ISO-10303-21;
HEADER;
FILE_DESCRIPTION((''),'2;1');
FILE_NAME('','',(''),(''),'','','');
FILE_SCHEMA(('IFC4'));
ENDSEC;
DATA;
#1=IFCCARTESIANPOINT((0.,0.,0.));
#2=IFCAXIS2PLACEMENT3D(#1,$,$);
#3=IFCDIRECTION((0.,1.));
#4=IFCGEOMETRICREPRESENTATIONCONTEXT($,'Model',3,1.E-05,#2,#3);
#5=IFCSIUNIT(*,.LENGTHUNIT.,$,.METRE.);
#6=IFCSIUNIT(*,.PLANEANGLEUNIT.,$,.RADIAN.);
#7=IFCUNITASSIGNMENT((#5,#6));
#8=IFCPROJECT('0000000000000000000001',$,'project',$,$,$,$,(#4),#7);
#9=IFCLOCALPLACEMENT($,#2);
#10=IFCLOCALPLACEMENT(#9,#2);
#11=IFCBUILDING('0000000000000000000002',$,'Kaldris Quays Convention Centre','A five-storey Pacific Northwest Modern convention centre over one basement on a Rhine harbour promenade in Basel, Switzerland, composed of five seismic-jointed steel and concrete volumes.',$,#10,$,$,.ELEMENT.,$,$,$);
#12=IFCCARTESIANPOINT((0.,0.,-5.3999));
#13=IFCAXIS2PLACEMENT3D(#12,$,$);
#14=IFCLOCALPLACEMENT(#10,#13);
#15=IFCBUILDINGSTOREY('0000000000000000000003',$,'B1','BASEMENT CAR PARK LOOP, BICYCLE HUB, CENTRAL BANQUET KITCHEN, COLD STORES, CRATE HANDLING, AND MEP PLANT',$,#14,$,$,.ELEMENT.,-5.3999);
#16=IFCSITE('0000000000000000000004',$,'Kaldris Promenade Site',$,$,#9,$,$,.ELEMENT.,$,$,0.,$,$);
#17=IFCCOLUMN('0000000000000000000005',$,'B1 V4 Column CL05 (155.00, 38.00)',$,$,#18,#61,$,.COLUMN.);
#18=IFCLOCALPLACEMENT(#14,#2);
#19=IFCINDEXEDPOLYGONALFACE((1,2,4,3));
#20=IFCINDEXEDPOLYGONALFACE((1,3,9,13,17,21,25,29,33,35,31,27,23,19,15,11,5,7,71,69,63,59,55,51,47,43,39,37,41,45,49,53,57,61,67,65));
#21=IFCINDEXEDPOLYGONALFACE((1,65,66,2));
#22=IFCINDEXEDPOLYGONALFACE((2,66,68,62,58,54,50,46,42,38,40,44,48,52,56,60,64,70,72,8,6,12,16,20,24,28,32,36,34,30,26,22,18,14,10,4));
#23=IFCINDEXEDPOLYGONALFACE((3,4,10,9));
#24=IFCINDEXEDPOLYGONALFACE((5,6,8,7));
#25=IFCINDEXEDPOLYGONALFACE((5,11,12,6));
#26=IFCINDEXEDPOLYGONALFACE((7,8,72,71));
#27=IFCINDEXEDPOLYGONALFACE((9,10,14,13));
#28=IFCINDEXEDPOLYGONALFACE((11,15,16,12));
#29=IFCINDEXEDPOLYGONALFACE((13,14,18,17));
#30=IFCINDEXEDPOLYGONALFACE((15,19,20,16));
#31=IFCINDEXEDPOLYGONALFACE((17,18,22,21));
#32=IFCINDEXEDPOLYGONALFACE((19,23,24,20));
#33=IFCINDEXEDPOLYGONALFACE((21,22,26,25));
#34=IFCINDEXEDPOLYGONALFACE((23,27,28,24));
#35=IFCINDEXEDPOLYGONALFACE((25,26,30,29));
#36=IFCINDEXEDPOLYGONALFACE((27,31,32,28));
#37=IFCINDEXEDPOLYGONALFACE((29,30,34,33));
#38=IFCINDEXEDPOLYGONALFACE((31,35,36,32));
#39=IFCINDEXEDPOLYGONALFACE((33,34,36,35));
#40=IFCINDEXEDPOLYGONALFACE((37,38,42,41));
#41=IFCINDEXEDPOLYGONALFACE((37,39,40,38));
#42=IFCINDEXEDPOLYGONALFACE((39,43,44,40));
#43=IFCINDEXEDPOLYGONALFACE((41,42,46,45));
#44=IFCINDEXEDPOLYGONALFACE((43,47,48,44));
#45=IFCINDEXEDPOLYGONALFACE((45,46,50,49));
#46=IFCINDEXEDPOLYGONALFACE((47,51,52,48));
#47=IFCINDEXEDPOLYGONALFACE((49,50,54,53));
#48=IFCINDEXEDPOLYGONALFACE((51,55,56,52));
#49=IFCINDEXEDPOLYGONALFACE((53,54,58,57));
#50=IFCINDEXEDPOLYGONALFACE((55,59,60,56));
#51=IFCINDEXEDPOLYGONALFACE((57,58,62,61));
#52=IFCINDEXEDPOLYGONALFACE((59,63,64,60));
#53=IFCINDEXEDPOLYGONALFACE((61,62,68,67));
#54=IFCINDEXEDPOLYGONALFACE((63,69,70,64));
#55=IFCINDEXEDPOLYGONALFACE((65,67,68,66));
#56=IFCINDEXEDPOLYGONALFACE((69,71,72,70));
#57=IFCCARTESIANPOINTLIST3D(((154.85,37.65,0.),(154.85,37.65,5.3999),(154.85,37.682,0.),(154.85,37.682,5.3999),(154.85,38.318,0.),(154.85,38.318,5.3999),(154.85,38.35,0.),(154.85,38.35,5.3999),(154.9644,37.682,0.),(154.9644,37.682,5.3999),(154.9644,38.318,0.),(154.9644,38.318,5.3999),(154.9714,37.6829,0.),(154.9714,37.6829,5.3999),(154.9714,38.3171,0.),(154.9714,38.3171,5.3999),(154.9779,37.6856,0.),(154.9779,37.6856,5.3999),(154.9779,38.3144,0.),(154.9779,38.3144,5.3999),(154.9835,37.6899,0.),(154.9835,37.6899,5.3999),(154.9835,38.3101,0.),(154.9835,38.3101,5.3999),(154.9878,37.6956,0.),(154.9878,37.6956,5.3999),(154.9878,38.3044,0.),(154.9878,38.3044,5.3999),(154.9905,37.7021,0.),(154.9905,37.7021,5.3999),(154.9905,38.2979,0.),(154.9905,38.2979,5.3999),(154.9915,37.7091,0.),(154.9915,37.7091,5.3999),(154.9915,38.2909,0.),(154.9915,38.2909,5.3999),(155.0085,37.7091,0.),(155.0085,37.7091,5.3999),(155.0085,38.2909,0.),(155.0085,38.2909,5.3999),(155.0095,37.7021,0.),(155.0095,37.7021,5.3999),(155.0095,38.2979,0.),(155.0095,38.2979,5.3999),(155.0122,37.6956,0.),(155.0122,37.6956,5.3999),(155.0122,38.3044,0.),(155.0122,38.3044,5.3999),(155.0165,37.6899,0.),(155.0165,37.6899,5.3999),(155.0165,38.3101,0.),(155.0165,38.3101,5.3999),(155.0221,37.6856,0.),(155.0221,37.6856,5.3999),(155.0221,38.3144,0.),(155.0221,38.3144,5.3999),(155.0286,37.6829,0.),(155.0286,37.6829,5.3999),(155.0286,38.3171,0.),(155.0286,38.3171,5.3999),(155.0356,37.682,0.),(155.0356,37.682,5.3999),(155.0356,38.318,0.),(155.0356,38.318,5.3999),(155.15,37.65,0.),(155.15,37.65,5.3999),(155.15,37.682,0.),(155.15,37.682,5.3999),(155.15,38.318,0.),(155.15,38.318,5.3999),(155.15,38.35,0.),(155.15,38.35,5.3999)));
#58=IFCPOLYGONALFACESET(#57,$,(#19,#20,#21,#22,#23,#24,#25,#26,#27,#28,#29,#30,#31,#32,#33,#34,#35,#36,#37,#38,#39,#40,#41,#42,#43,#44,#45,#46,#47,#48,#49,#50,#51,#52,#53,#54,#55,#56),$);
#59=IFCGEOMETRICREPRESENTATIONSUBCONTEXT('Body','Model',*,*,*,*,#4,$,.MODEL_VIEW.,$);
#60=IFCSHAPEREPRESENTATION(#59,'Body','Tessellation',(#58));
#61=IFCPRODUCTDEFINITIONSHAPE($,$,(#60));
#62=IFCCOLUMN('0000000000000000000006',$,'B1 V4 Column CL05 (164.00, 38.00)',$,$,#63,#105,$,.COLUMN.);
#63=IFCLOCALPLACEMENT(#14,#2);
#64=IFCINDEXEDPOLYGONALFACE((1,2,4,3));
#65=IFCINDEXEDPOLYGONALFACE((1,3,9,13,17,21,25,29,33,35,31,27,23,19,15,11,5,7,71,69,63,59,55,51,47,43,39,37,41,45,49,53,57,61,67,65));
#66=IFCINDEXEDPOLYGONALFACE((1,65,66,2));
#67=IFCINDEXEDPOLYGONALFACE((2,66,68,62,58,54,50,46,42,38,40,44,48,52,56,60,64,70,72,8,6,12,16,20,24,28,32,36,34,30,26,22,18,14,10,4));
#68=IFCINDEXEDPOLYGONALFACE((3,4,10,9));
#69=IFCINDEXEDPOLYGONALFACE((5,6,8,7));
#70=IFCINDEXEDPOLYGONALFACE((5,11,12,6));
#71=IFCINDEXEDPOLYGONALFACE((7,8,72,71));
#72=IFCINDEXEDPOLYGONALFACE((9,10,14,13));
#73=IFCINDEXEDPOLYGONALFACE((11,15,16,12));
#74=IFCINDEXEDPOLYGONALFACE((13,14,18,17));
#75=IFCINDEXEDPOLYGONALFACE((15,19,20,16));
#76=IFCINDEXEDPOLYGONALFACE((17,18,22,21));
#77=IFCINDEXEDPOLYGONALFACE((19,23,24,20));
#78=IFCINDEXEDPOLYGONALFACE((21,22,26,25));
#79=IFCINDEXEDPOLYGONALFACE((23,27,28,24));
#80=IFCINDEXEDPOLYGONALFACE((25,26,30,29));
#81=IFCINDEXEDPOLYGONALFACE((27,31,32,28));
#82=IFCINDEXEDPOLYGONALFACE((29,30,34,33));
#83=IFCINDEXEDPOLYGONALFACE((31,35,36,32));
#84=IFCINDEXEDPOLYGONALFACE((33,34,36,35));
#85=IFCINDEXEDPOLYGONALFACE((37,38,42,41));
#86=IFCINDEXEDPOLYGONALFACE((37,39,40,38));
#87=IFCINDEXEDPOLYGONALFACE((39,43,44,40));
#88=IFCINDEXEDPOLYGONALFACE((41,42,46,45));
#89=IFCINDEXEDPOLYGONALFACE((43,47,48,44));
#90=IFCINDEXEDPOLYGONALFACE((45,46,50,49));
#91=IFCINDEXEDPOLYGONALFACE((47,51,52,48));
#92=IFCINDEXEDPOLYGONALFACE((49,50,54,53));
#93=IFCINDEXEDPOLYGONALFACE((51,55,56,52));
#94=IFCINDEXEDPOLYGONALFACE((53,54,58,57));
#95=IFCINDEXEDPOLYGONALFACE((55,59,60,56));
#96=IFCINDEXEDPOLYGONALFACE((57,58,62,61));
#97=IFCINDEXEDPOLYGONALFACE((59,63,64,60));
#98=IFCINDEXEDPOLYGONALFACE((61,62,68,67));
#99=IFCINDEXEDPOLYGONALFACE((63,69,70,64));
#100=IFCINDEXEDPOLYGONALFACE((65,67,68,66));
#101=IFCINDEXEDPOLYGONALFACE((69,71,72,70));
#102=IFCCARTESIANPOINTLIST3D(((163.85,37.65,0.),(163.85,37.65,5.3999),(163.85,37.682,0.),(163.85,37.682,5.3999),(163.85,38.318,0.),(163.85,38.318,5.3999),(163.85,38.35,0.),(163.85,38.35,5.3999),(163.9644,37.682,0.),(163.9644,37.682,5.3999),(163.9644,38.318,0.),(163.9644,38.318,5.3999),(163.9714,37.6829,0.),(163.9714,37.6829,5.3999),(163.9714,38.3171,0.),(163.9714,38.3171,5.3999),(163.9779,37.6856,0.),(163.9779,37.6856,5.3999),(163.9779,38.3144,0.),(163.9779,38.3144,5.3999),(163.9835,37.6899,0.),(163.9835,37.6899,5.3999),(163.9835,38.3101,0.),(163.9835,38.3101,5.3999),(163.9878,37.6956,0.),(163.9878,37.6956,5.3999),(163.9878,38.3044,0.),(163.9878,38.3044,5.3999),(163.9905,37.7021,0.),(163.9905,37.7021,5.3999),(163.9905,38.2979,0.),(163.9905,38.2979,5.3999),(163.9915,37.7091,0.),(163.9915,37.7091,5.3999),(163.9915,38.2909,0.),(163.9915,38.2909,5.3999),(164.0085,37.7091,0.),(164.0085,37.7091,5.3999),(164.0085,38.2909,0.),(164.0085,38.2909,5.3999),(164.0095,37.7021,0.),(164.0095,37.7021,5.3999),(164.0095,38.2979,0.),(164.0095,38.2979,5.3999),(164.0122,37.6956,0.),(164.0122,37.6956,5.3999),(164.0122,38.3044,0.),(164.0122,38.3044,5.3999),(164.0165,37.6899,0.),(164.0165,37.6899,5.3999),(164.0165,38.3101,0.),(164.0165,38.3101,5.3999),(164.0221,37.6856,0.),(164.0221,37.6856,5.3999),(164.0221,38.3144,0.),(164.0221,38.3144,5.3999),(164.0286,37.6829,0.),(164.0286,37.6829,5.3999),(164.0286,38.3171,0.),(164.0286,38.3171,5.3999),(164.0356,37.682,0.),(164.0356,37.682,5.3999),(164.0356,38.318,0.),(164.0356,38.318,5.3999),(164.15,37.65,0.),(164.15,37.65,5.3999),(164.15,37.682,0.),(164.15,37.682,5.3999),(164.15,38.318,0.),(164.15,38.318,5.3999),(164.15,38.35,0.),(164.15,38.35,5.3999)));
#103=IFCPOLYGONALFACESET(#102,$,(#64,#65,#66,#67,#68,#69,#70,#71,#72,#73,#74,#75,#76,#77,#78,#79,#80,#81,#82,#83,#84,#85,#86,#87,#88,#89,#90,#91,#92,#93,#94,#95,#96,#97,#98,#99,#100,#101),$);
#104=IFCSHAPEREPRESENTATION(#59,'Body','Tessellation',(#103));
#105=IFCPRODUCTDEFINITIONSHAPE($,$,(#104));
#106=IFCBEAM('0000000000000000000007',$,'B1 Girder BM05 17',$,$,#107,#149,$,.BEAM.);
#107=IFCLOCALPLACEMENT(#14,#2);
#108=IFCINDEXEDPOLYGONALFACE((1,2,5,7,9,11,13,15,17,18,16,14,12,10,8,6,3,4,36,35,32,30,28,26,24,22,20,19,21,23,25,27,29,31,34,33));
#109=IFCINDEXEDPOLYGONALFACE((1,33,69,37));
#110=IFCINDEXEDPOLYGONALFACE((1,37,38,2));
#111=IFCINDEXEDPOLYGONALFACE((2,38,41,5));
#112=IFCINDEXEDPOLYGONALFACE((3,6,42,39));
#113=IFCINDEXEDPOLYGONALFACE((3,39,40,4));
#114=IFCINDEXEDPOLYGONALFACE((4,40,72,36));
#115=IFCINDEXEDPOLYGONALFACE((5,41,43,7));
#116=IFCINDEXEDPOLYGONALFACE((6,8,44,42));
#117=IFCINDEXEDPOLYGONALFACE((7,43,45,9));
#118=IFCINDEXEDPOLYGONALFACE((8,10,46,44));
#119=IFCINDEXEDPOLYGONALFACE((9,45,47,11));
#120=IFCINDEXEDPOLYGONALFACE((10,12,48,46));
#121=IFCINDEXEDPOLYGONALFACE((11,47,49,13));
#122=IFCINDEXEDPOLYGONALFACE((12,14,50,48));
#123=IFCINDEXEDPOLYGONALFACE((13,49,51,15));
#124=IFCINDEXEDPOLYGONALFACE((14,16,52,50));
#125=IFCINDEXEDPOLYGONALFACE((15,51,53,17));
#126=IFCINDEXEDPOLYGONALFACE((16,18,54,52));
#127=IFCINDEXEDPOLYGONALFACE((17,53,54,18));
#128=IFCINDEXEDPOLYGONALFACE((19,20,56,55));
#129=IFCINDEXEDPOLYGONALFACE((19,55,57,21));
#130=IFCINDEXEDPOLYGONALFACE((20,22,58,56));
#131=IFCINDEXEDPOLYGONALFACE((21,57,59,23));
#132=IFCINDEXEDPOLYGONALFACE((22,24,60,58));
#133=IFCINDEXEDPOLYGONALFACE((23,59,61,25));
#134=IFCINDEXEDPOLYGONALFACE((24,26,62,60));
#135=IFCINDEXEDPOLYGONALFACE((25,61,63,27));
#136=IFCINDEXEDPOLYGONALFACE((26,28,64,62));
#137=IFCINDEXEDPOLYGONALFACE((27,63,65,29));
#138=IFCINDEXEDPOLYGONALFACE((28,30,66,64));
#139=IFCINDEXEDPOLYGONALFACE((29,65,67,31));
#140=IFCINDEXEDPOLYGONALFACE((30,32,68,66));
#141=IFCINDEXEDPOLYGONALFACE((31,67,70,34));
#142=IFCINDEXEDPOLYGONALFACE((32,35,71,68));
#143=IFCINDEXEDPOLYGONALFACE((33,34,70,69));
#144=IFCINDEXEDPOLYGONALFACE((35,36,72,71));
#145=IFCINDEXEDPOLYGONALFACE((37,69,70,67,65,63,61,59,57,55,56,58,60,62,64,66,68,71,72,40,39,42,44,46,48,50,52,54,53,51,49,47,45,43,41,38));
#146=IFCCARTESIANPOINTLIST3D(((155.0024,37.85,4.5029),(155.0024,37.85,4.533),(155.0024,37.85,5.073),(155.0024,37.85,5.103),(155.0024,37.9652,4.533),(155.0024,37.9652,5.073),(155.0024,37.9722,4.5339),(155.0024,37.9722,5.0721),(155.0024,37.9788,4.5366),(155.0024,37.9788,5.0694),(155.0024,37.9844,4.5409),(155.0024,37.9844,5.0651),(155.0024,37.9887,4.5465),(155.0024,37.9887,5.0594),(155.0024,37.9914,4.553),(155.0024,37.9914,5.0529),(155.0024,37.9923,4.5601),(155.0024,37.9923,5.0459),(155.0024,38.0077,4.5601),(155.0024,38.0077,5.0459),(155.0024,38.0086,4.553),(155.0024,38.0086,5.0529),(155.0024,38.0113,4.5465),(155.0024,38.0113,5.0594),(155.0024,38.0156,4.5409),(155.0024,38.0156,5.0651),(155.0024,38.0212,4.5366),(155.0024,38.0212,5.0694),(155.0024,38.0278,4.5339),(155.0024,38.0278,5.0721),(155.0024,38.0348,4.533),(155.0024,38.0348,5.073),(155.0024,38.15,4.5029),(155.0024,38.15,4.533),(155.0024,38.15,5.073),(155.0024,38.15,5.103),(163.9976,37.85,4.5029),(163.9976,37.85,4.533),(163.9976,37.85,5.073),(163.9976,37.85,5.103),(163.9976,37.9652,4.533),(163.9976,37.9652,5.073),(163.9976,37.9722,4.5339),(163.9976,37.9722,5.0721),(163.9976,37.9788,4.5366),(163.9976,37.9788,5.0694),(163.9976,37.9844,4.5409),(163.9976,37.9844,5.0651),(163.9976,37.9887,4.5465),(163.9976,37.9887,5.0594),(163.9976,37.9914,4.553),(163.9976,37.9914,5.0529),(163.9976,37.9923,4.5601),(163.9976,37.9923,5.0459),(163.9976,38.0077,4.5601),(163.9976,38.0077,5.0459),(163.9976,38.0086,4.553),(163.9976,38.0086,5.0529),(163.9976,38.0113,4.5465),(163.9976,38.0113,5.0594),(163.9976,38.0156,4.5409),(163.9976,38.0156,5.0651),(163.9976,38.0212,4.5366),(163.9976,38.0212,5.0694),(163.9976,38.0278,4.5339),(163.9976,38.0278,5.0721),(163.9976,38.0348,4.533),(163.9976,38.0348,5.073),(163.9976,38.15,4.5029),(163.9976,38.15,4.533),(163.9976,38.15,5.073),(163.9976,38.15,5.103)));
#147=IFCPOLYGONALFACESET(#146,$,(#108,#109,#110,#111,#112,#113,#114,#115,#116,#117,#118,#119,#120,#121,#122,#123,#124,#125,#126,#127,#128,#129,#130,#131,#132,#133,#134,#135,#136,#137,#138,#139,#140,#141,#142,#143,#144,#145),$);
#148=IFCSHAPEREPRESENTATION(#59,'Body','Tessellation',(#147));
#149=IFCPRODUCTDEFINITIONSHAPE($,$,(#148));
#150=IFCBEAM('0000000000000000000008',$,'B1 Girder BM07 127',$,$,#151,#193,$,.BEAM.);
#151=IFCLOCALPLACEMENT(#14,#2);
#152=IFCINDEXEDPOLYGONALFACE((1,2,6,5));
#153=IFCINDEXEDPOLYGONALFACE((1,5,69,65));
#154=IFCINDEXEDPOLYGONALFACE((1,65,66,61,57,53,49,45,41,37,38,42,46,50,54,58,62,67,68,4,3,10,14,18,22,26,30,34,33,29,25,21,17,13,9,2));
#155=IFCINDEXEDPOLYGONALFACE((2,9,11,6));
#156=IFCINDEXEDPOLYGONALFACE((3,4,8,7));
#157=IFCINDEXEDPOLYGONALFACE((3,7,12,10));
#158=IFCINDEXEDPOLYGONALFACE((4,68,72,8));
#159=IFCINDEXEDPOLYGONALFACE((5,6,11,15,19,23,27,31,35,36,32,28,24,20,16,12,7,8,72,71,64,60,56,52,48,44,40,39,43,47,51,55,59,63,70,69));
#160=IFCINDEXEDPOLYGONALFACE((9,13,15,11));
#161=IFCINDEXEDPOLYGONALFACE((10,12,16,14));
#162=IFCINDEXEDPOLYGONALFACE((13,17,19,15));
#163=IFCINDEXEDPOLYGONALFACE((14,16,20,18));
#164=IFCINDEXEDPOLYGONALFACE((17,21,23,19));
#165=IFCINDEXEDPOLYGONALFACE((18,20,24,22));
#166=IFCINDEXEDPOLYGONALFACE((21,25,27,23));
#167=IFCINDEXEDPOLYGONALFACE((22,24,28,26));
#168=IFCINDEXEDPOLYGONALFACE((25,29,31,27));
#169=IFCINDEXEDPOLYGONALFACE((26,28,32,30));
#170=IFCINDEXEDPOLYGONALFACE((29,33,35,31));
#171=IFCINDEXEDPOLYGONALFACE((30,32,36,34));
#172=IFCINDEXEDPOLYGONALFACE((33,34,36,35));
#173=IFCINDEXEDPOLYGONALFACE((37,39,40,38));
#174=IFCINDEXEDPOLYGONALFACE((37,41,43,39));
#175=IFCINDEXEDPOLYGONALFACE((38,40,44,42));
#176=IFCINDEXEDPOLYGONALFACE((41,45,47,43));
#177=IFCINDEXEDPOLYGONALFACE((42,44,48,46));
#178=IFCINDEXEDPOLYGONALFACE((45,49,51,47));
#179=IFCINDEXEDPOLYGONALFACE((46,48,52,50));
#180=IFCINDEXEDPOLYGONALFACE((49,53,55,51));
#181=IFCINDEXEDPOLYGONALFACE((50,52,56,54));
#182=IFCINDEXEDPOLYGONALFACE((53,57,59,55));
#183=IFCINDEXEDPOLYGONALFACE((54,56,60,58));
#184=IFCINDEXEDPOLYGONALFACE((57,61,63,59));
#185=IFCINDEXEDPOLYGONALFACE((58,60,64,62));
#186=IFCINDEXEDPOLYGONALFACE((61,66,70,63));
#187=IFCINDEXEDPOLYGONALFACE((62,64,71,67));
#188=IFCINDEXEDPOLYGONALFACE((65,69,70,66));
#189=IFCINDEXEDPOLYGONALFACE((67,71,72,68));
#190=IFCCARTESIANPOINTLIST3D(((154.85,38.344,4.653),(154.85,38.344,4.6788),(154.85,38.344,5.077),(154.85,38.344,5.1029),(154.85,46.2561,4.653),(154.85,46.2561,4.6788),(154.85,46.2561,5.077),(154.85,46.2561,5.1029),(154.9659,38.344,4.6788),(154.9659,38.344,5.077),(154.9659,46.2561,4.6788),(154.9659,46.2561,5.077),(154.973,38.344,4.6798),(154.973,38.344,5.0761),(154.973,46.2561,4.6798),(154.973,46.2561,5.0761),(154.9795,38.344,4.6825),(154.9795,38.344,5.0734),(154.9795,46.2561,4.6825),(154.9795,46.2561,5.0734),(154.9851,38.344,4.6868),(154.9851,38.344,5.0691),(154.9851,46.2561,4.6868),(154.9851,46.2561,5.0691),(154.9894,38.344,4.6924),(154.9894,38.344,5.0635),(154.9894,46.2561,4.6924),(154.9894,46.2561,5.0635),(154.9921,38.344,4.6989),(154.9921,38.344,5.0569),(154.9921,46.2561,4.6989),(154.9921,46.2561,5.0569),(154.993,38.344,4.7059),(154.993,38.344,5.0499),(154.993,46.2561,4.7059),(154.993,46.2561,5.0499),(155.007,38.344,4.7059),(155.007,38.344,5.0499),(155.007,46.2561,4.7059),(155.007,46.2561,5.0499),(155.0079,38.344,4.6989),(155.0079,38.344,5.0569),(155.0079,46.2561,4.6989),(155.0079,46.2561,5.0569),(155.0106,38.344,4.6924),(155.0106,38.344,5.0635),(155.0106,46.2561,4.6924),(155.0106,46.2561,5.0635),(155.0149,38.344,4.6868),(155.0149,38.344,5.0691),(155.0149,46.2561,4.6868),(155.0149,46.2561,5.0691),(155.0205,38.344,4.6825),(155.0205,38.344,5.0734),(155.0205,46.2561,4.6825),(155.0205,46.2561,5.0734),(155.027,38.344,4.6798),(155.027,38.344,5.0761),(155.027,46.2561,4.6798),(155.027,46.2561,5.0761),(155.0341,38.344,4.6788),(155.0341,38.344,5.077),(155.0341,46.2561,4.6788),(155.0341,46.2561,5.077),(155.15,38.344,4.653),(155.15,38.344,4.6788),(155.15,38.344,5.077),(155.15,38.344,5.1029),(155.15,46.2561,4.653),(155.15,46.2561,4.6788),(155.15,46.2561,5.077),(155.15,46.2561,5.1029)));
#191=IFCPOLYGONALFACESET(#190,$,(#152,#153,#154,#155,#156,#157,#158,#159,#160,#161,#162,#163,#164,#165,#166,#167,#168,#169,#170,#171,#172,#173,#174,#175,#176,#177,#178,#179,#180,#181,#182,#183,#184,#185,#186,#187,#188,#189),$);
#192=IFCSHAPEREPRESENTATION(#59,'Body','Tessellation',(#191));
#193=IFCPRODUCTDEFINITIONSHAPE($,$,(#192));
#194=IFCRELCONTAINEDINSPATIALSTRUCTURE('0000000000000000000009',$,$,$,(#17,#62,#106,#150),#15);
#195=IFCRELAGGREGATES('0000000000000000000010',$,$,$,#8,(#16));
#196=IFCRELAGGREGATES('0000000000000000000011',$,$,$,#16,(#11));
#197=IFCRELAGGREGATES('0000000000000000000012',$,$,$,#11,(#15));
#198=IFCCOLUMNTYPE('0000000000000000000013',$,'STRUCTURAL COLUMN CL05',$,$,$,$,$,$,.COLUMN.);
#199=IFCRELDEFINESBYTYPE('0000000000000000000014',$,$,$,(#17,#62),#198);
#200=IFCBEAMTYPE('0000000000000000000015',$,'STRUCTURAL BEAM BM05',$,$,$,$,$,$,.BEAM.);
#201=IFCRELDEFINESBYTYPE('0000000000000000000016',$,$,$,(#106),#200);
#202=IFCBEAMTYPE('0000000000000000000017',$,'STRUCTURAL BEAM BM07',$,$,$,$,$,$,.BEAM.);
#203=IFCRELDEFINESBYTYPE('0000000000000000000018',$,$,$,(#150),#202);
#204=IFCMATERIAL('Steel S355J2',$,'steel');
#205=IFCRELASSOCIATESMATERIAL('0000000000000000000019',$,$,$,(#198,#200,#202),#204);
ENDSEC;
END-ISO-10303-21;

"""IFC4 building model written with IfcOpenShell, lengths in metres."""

from ifc_helpers import new_model, si_unit, direction, frame, origin, origin_2d, place, context, subcontext, project, spatial, i_section, extrude, material, material_profile, profile_set, type_object, element, save


model = new_model("IFC4")

# Units and contexts
model_context = context("Model", 3, precision=1e-05, world=origin(), true_north=direction((0.0, 1.0)))
body_context = subcontext(model_context, "Body", "Model", "MODEL_VIEW")
ifc_project = project(units=[si_unit("LENGTHUNIT", "METRE"), si_unit("PLANEANGLEUNIT", "RADIAN")], contexts=[model_context])

# Site, building, storey
site_placement = place(None, origin())
site = spatial("IfcSite", under=ifc_project, at=site_placement, Name="Kaldris Promenade Site", CompositionType="ELEMENT", RefElevation=0.0)
building_placement = place(site_placement, origin())
building = spatial("IfcBuilding", under=site, at=building_placement, Name="Kaldris Quays Convention Centre", Description="A five-storey Pacific Northwest Modern convention centre over one basement on a Rhine harbour promenade in Basel, Switzerland, composed of five seismic-jointed steel and concrete volumes.", CompositionType="ELEMENT")
storey_placement = place(building_placement, frame((0.0, 0.0, -5.3999)))
storey = spatial("IfcBuildingStorey", under=building, at=storey_placement, Name="B1", Description="BASEMENT CAR PARK LOOP, BICYCLE HUB, CENTRAL BANQUET KITCHEN, COLD STORES, CRATE HANDLING, AND MEP PLANT", CompositionType="ELEMENT", Elevation=-5.3999)

# Columns
ifc_material_1 = material(Name="Steel S355J2", Category="steel")
ifc_material_profile_1 = material_profile(ifc_material_1, i_section(OverallWidth=0.3, OverallDepth=0.7, WebThickness=0.0171, FlangeThickness=0.032, FilletRadius=0.0271, at=origin_2d()), Name="HEB 700")
ifc_profile_set_1 = profile_set([ifc_material_profile_1], Name="Steel S355J2")
column_type = type_object("IfcColumnType", Name="STRUCTURAL COLUMN CL05", PredefinedType="COLUMN", material=ifc_profile_set_1)
for number, where, z_axis, x_axis, name in (
    (1, (155.0, 38.0, 0.0), (0.0, 0.0, 1.0), (1.0, 0.0, 0.0), "B1 V4 Column CL05 (155.00, 38.00)"),
    (2, (164.0, 38.0, 0.0), (0.0, 0.0, 1.0), (1.0, 0.0, 0.0), "B1 V4 Column CL05 (164.00, 38.00)"),
):
    element("IfcColumn", number, at=place(storey_placement, frame(where, z_axis=z_axis, x_axis=x_axis)), inside=storey, type_object=column_type, Name=name, PredefinedType="COLUMN", context=body_context, shape_type="SweptSolid", body=[
        extrude(i_section(OverallWidth=0.3, OverallDepth=0.7, WebThickness=0.0171, FlangeThickness=0.032, FilletRadius=0.0271, at=origin_2d()), origin(), (0.0, 0.0, 1.0), 5.3999),
    ])

# Beams
ifc_material_profile_2 = material_profile(ifc_material_1, i_section(OverallWidth=0.3, OverallDepth=0.6001, WebThickness=0.0154, FlangeThickness=0.03, FilletRadius=0.0271, at=origin_2d()), Name="HEB 600")
ifc_profile_set_2 = profile_set([ifc_material_profile_2], Name="Steel S355J2")
beam_type_1 = type_object("IfcBeamType", Name="STRUCTURAL BEAM BM05", PredefinedType="BEAM", material=ifc_profile_set_2)
beam_1_placement = place(storey_placement, frame((155.0024, 38.0, 4.803), z_axis=(1.0, 0.0, 0.0), x_axis=(0.0, 1.0, 0.0)))
element("IfcBeam", 3, at=beam_1_placement, inside=storey, type_object=beam_type_1, Name="B1 Girder BM05 17", PredefinedType="BEAM", context=body_context, shape_type="SweptSolid", body=[
    extrude(i_section(OverallWidth=0.3, OverallDepth=0.6001, WebThickness=0.0154, FlangeThickness=0.03, FilletRadius=0.0271, at=origin_2d()), origin(), (0.0, 0.0, 1.0), 8.9951),
])
ifc_material_profile_3 = material_profile(ifc_material_1, i_section(OverallWidth=0.3, OverallDepth=0.45, WebThickness=0.0139, FlangeThickness=0.0259, FilletRadius=0.0271, at=origin_2d()), Name="HEB 450")
ifc_profile_set_3 = profile_set([ifc_material_profile_3], Name="Steel S355J2")
beam_type_2 = type_object("IfcBeamType", Name="STRUCTURAL BEAM BM07", PredefinedType="BEAM", material=ifc_profile_set_3)
for number, where, z_axis, x_axis, name in (
    (4, (155.0, 38.344, 4.8779), (0.0, 1.0, 0.0), (-1.0, 0.0, 0.0), "B1 Girder BM07 127"),
):
    element("IfcBeam", number, at=place(storey_placement, frame(where, z_axis=z_axis, x_axis=x_axis)), inside=storey, type_object=beam_type_2, Name=name, PredefinedType="BEAM", context=body_context, shape_type="SweptSolid", body=[
        extrude(i_section(OverallWidth=0.3, OverallDepth=0.45, WebThickness=0.0139, FlangeThickness=0.0259, FilletRadius=0.0271, at=origin_2d()), origin(), (0.0, 0.0, 1.0), 7.9121),
    ])

save(model, "model.ifc")
